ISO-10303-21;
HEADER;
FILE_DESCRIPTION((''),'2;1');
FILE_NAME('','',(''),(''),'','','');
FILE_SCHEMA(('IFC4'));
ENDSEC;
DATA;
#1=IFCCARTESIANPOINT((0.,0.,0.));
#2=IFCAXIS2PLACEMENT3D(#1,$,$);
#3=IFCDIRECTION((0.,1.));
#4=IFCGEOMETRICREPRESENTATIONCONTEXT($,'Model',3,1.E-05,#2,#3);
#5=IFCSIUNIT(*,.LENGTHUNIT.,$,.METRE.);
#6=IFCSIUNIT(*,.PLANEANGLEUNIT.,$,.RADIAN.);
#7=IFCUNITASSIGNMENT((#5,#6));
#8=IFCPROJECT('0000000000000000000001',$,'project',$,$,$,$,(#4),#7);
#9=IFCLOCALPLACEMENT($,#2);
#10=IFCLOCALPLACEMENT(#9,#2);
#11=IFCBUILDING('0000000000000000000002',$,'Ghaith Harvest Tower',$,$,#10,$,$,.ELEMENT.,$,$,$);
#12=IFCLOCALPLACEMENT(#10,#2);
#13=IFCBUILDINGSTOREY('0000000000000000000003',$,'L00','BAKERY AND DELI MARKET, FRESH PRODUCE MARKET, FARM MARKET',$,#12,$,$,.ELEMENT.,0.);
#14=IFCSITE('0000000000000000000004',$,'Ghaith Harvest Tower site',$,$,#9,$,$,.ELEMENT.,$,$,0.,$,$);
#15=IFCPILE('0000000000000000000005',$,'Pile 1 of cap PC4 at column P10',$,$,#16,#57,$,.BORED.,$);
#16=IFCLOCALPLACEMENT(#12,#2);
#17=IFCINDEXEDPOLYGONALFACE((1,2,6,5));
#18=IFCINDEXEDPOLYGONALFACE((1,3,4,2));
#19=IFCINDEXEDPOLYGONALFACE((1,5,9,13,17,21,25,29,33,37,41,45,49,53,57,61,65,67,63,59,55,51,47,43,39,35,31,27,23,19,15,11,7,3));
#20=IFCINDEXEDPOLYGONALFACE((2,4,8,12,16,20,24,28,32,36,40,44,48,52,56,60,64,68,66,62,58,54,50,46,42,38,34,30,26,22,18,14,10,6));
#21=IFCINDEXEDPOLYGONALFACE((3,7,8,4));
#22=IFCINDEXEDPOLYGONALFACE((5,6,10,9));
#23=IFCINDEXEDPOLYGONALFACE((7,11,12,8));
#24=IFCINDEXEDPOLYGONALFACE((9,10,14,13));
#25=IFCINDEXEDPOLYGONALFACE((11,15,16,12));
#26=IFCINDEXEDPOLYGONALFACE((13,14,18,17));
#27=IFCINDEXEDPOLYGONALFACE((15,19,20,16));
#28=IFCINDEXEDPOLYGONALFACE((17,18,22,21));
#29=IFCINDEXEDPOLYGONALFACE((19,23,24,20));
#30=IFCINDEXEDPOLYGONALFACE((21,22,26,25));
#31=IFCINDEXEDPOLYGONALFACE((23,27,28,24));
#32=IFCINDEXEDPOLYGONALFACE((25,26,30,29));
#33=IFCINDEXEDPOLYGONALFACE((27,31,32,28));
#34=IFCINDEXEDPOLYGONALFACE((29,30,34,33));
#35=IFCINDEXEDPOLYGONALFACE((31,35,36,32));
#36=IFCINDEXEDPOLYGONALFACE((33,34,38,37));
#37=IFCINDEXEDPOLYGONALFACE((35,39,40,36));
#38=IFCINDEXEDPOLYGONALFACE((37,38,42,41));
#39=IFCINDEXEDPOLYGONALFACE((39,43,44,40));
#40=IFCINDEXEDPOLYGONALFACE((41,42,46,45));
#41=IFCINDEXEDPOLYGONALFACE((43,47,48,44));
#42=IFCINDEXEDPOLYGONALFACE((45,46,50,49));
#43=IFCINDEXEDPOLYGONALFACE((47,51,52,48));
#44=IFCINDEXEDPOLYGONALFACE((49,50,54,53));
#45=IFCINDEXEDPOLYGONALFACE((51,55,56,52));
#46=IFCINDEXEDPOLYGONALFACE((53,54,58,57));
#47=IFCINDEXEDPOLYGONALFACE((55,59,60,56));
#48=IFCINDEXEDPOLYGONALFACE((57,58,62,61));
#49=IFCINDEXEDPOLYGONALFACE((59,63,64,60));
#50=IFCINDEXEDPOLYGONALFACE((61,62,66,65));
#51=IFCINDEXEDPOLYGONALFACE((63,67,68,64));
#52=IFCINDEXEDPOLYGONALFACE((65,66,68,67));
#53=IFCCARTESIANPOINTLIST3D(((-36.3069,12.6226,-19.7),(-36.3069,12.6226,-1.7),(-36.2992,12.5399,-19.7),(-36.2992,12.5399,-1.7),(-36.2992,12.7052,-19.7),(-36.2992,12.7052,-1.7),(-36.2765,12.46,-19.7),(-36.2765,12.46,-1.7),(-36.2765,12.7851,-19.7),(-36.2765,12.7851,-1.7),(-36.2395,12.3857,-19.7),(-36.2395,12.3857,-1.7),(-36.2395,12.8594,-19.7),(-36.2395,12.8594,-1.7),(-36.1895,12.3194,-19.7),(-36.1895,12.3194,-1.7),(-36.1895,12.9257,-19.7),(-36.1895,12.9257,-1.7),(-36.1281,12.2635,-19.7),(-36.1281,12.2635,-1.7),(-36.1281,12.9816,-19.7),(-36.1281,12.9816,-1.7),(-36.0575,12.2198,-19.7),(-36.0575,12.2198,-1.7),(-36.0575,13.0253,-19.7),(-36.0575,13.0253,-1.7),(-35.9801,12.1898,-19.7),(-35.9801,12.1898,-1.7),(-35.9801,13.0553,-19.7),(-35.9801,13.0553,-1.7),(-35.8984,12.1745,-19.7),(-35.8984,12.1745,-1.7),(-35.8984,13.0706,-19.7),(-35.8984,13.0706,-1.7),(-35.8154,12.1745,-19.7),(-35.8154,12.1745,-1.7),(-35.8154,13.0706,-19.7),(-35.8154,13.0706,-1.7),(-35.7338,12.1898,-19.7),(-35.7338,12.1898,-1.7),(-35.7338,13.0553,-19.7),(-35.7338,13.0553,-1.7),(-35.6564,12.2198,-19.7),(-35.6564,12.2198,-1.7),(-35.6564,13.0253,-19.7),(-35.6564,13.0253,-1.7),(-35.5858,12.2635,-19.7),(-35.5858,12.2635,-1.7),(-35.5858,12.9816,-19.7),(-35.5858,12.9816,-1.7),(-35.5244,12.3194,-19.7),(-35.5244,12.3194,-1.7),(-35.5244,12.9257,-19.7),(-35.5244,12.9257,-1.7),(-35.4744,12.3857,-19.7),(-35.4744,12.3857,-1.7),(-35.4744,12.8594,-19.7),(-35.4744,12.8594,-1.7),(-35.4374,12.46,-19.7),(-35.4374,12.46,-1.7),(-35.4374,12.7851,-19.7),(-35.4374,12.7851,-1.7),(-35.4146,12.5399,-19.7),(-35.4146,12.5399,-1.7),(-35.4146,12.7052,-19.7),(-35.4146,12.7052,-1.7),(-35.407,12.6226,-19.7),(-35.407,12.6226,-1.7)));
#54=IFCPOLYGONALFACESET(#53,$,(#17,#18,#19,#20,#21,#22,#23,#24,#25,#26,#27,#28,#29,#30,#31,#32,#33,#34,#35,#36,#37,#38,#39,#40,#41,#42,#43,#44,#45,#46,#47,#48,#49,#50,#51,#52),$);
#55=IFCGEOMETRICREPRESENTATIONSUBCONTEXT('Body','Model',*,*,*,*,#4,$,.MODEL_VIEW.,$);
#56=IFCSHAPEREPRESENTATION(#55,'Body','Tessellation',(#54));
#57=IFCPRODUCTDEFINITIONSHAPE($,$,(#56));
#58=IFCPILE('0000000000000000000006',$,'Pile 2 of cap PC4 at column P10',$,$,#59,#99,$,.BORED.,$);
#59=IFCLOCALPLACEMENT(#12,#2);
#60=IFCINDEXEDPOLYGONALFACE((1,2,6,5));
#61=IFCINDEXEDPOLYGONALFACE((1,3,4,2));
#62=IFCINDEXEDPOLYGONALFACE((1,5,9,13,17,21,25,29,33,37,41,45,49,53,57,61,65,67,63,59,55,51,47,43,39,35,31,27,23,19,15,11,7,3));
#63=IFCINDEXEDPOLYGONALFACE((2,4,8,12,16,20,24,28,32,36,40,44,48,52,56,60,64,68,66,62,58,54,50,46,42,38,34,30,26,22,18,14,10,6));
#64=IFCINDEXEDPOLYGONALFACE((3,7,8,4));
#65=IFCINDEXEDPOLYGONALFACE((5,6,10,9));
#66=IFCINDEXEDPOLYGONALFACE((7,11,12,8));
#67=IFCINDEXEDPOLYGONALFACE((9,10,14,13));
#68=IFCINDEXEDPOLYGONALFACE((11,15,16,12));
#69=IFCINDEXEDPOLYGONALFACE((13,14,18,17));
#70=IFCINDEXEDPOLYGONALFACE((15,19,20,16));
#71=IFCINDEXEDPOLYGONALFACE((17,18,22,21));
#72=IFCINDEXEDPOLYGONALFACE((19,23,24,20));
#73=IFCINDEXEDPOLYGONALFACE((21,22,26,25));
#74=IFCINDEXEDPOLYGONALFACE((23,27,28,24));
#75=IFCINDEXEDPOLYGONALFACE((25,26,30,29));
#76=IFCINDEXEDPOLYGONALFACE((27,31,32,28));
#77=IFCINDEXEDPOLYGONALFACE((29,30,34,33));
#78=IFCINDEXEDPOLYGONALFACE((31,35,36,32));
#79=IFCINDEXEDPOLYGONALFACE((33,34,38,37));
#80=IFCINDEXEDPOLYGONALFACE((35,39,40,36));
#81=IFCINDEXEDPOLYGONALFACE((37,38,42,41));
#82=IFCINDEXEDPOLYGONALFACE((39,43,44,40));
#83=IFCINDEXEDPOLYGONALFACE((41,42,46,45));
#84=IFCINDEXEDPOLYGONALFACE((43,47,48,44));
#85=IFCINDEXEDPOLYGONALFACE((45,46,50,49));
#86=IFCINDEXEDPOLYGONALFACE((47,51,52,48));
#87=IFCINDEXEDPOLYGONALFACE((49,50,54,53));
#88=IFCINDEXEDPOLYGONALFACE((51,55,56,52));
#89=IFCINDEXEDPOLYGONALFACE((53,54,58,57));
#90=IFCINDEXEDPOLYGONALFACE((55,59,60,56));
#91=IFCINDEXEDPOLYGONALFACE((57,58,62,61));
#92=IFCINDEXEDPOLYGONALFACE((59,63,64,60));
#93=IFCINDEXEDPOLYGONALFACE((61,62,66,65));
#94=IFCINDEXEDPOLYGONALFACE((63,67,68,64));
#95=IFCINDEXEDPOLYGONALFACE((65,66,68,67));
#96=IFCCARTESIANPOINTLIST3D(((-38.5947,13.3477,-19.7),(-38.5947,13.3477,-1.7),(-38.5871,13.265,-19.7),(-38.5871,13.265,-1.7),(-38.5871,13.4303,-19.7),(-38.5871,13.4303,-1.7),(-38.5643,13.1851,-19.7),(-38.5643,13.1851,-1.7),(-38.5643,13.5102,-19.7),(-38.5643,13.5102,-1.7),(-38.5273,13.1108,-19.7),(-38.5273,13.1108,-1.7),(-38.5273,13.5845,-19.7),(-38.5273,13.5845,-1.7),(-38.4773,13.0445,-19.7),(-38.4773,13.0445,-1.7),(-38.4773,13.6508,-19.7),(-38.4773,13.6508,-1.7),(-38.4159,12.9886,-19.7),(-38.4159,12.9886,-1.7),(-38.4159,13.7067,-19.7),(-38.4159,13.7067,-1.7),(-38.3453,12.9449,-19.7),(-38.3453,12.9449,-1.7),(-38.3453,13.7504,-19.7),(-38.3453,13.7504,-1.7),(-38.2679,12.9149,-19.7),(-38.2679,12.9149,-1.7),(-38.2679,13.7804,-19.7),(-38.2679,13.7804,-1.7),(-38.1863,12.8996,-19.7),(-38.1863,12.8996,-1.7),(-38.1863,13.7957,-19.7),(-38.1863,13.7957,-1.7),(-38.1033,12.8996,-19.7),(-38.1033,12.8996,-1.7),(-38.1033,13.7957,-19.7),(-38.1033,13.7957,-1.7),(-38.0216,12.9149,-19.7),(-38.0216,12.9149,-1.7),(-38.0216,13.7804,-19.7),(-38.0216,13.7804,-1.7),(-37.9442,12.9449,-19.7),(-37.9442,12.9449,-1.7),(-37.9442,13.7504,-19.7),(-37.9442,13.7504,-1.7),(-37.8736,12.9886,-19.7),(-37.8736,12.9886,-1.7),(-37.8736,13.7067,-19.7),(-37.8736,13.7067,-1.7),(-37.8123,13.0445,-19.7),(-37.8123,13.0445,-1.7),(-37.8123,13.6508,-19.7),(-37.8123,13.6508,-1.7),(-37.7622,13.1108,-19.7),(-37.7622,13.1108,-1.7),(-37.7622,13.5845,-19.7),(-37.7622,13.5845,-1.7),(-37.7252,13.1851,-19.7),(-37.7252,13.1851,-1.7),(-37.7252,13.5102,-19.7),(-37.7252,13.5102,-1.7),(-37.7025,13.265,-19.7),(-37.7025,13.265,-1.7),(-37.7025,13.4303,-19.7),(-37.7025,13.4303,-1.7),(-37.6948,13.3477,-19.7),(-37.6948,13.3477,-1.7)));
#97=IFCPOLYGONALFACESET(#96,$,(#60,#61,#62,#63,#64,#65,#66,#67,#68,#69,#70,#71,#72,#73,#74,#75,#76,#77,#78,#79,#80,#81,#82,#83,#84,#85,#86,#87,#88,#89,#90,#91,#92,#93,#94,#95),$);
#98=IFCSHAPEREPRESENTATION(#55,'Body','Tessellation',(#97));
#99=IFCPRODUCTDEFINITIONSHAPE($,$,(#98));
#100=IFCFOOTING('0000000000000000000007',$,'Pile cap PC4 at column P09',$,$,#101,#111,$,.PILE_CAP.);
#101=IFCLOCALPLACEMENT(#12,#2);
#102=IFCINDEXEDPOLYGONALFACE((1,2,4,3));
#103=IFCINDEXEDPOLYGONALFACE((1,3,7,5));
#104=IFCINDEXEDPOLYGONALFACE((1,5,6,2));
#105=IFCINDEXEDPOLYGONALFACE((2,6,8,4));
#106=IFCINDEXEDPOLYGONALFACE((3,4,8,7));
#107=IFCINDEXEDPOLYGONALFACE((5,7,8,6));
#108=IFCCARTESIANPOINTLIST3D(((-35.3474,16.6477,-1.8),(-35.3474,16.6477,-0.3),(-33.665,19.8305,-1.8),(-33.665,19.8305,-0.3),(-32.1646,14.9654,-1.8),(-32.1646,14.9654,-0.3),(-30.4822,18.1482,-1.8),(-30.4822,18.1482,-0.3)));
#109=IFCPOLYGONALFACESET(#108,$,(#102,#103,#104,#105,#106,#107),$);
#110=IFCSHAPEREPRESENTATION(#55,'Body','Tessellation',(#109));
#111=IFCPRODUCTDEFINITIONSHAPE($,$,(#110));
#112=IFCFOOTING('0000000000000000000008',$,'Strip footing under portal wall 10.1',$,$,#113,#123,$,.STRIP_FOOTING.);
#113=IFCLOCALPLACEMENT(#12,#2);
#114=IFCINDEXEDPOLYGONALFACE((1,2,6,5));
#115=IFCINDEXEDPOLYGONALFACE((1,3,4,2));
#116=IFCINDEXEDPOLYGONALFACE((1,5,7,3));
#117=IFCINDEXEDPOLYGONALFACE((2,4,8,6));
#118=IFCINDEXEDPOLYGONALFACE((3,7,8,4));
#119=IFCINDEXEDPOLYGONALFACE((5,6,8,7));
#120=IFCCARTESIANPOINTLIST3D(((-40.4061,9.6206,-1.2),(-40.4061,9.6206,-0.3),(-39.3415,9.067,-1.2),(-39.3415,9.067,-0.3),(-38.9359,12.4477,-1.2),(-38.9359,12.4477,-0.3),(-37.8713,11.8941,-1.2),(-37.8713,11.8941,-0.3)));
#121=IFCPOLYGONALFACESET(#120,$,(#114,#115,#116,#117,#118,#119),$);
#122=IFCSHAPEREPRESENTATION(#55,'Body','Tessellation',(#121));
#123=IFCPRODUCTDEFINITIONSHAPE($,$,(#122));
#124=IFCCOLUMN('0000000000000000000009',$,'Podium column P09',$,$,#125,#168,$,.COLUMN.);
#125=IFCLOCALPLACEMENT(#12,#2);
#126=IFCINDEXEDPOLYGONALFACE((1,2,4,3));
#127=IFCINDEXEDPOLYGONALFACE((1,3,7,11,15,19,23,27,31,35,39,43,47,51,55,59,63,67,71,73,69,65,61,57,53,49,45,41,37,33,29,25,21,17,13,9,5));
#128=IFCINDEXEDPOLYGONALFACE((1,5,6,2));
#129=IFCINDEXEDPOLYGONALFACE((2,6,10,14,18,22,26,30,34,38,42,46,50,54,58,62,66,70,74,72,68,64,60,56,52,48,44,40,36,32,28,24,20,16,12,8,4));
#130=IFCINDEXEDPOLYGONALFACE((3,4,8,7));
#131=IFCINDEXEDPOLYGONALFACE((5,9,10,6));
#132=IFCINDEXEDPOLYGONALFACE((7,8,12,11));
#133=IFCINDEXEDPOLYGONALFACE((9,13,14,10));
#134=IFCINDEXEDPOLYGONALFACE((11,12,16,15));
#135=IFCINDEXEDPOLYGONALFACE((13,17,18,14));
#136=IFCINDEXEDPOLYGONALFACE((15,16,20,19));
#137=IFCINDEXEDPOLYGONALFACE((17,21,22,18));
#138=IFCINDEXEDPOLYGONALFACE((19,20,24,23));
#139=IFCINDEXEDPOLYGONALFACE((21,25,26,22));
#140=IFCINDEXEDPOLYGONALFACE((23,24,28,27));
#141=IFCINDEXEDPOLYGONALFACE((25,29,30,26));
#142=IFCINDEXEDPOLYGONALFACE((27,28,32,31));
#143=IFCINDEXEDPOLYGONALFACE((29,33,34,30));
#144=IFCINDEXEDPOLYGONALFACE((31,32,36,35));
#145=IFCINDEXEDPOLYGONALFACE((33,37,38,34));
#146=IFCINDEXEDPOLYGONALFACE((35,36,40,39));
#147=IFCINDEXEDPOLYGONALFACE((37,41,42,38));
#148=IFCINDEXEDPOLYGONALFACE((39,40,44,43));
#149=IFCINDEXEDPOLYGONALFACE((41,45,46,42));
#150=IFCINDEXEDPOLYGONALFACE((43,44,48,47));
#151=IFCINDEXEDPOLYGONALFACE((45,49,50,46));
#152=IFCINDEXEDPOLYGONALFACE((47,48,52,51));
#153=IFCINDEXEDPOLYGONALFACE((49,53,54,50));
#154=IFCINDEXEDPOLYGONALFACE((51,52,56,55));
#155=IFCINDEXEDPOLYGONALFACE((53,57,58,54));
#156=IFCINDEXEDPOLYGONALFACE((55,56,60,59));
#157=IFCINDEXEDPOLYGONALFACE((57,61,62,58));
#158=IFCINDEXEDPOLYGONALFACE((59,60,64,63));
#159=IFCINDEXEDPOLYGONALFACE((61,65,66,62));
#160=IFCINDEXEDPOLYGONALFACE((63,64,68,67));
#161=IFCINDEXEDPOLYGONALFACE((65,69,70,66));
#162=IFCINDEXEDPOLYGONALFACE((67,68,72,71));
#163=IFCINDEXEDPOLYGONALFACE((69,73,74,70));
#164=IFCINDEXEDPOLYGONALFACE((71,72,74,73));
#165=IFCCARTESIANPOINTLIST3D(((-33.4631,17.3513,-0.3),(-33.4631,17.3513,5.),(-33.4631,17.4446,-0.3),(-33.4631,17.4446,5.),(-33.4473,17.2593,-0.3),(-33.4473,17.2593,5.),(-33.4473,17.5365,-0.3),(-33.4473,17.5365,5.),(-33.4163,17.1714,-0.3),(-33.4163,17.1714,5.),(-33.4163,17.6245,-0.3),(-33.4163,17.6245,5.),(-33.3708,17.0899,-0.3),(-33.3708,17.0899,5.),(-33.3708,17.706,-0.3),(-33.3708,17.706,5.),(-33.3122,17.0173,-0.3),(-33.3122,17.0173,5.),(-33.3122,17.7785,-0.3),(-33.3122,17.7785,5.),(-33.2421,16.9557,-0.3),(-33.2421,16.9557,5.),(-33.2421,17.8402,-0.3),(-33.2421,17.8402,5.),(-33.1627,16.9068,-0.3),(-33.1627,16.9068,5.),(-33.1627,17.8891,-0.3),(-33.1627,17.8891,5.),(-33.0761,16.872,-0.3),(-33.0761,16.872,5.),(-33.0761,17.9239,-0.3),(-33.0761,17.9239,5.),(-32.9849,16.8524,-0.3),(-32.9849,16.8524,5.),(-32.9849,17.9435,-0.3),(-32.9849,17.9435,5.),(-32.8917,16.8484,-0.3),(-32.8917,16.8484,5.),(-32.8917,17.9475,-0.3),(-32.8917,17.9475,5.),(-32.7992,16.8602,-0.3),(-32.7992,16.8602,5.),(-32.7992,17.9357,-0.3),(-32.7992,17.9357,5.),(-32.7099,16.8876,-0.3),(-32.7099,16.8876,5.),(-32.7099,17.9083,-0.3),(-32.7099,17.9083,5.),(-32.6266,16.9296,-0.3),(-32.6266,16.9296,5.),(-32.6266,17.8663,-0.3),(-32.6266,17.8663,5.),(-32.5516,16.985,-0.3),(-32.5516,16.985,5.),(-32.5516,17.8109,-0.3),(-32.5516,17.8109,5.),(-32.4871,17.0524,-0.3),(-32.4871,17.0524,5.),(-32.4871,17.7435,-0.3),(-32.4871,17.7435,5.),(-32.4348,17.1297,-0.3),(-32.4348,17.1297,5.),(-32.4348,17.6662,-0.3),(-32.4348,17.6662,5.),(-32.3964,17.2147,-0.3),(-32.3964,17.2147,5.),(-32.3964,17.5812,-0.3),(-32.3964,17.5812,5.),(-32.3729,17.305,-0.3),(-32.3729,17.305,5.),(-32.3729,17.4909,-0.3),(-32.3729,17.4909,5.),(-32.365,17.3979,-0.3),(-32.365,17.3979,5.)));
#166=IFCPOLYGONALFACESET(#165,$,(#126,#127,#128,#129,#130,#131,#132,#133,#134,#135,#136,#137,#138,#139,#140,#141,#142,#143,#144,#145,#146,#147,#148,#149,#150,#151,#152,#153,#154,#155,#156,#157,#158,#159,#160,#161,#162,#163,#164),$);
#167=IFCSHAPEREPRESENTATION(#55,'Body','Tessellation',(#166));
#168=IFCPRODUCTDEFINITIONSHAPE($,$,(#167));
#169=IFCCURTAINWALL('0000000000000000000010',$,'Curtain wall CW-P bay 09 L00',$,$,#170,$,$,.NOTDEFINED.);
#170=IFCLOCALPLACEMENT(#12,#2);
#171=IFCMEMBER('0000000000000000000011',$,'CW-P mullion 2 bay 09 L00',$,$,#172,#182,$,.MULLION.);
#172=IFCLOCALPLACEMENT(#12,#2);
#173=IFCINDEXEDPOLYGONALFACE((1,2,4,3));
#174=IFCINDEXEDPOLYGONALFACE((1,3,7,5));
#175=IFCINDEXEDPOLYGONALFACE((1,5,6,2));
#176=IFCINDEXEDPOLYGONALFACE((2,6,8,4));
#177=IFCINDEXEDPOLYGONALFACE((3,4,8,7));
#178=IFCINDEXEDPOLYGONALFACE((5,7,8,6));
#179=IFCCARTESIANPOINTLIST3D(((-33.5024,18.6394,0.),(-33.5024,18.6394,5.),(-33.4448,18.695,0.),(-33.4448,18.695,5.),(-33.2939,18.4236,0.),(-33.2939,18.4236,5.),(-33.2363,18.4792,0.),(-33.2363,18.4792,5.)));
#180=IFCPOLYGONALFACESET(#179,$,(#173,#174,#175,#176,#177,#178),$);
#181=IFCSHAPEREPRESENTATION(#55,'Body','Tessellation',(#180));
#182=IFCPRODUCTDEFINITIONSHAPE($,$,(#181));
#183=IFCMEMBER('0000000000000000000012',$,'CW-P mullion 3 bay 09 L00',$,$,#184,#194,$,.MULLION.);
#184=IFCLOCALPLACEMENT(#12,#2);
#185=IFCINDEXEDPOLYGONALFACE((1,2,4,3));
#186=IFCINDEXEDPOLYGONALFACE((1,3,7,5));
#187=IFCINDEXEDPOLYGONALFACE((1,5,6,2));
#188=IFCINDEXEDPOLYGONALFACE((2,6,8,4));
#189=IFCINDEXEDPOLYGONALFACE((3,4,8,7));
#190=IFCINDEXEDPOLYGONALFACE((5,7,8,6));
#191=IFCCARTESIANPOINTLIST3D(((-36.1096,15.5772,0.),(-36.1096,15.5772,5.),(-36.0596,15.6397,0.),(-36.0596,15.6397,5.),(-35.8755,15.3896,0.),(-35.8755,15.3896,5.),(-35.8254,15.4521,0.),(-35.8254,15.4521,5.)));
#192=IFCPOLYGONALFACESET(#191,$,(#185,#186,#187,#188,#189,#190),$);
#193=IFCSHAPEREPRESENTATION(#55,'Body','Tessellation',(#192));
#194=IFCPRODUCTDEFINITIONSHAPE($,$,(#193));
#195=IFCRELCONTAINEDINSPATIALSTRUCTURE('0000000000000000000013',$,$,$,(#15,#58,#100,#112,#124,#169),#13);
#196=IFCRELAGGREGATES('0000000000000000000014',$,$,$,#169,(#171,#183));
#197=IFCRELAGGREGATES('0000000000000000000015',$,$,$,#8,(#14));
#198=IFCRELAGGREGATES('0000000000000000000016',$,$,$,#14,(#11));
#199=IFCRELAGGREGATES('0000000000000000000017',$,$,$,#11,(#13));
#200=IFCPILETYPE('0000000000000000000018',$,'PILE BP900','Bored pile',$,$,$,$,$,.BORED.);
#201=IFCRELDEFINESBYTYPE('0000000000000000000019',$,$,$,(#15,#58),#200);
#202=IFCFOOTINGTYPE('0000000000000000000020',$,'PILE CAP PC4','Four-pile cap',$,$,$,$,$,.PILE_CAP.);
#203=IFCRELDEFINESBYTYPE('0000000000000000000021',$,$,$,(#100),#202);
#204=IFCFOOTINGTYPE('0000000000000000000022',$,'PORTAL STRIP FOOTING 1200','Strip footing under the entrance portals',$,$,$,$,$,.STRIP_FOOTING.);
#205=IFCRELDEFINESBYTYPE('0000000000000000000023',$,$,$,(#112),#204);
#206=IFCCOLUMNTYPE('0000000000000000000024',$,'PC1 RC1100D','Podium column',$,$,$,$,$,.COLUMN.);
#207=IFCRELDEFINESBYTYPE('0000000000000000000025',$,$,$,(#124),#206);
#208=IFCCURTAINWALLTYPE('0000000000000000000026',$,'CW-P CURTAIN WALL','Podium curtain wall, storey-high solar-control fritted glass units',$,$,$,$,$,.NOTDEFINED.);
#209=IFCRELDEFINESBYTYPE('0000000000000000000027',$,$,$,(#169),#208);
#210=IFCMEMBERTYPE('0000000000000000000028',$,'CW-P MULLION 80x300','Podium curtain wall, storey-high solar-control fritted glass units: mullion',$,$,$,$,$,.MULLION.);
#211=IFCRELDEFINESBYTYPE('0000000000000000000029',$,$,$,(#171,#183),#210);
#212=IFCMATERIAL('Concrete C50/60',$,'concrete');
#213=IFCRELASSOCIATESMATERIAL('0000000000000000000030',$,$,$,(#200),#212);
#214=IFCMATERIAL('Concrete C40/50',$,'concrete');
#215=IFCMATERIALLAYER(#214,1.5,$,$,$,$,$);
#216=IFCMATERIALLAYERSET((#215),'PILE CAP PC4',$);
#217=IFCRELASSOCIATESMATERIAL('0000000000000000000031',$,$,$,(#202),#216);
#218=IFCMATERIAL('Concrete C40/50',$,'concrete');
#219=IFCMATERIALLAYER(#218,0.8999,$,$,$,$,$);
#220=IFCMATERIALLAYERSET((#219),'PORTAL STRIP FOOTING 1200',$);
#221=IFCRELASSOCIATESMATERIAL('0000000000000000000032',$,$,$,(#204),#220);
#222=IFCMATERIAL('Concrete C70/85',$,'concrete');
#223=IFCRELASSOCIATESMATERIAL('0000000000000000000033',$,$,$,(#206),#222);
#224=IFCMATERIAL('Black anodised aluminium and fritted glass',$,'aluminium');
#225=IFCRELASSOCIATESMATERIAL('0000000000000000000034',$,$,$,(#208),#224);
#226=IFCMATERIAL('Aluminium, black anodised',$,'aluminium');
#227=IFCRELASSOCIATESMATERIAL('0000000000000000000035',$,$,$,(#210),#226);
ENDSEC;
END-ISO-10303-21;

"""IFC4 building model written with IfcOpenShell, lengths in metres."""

from ifc_helpers import new_model, si_unit, direction, frame, frame_2d, origin, origin_2d, place, context, subcontext, project, spatial, rectangle, circle, extrude, material, layer, layer_set, material_profile, profile_set, type_object, element, aggregate, save


model = new_model("IFC4")

# Units and contexts
model_context = context("Model", 3, precision=1e-05, world=origin(), true_north=direction((0.0, 1.0)))
body_context = subcontext(model_context, "Body", "Model", "MODEL_VIEW")
ifc_project = project(units=[si_unit("LENGTHUNIT", "METRE"), si_unit("PLANEANGLEUNIT", "RADIAN")], contexts=[model_context])

# Site, building, storey
site_placement = place(None, origin())
site = spatial("IfcSite", under=ifc_project, at=site_placement, Name="Ghaith Harvest Tower site", CompositionType="ELEMENT", RefElevation=0.0)
building_placement = place(site_placement, origin())
building = spatial("IfcBuilding", under=site, at=building_placement, Name="Ghaith Harvest Tower", CompositionType="ELEMENT")
storey_placement = place(building_placement, origin())
storey = spatial("IfcBuildingStorey", under=building, at=storey_placement, Name="L00", Description="BAKERY AND DELI MARKET, FRESH PRODUCE MARKET, FARM MARKET", CompositionType="ELEMENT", Elevation=0.0)

# Piles
ifc_material_1 = material(Name="Concrete C50/60", Category="concrete")
ifc_material_profile_1 = material_profile(ifc_material_1, circle(Radius=0.45, at=origin_2d()), Name="PILE900")
ifc_profile_set_1 = profile_set([ifc_material_profile_1], Name="Concrete C50/60")
pile_type = type_object("IfcPileType", Name="PILE BP900", Description="Bored pile", PredefinedType="BORED", material=ifc_profile_set_1)
for number, where, z_axis, x_axis, name in (
    (1, (-35.8569, 12.6226, -1.7), (0.0, 0.0, -1.0), (1.0, 0.0, 0.0), "Pile 1 of cap PC4 at column P10"),
    (2, (-38.1448, 13.3477, -1.7), (0.0, 0.0, -1.0), (1.0, 0.0, 0.0), "Pile 2 of cap PC4 at column P10"),
):
    element("IfcPile", number, at=place(storey_placement, frame(where, z_axis=z_axis, x_axis=x_axis)), inside=storey, type_object=pile_type, Name=name, PredefinedType="BORED", context=body_context, shape_type="SweptSolid", body=[
        extrude(circle(Radius=0.45, at=origin_2d()), origin(), (0.0, 0.0, 1.0), 18.0),
    ])

# Footings
ifc_material_2 = material(Name="Concrete C40/50", Category="concrete")
ifc_layer_1 = layer(ifc_material_2, 1.5)
ifc_layer_set_1 = layer_set([ifc_layer_1], Name="PILE CAP PC4")
footing_type_1 = type_object("IfcFootingType", Name="PILE CAP PC4", Description="Four-pile cap", PredefinedType="PILE_CAP", material=ifc_layer_set_1)
footing_1_placement = place(storey_placement, frame((-32.9148, 17.3979, -1.8), z_axis=(0.0, 0.0, 1.0), x_axis=(-0.884095, 0.467307, 0.0)))
element("IfcFooting", 3, at=footing_1_placement, inside=storey, type_object=footing_type_1, Name="Pile cap PC4 at column P09", PredefinedType="PILE_CAP", context=body_context, shape_type="SweptSolid", body=[
    extrude(rectangle(XDim=3.6001, YDim=3.6001, at=origin_2d()), origin(), (0.0, 0.0, 1.0), 1.5),
])
ifc_material_3 = material(Name="Concrete C40/50", Category="concrete")
ifc_layer_2 = layer(ifc_material_3, 0.8999)
ifc_layer_set_2 = layer_set([ifc_layer_2], Name="PORTAL STRIP FOOTING 1200")
footing_type_2 = type_object("IfcFootingType", Name="PORTAL STRIP FOOTING 1200", Description="Strip footing under the entrance portals", PredefinedType="STRIP_FOOTING", material=ifc_layer_set_2)
footing_2_placement = place(storey_placement, frame((-38.4036, 12.1709, -1.2), z_axis=(0.0, 0.0, 1.0), x_axis=(-0.461377, -0.887204, 0.0)))
element("IfcFooting", 4, at=footing_2_placement, inside=storey, type_object=footing_type_2, Name="Strip footing under portal wall 10.1", PredefinedType="STRIP_FOOTING", context=body_context, shape_type="SweptSolid", body=[
    extrude(rectangle(XDim=3.1865, YDim=1.2, at=frame_2d((1.5933, 0.0))), origin(), (0.0, 0.0, 1.0), 0.8999),
])

# Column
ifc_material_4 = material(Name="Concrete C70/85", Category="concrete")
ifc_material_profile_2 = material_profile(ifc_material_4, circle(Radius=0.55, at=origin_2d()), Name="RC1100D")
ifc_profile_set_2 = profile_set([ifc_material_profile_2], Name="Concrete C70/85")
column_type = type_object("IfcColumnType", Name="PC1 RC1100D", Description="Podium column", PredefinedType="COLUMN", material=ifc_profile_set_2)
column_placement = place(storey_placement, frame((-32.915, 17.3979, -0.3), z_axis=(0.0, 0.0, 1.0), x_axis=(1.0, 0.0, 0.0)))
element("IfcColumn", 5, at=column_placement, inside=storey, type_object=column_type, Name="Podium column P09", PredefinedType="COLUMN", context=body_context, shape_type="SweptSolid", body=[
    extrude(circle(Radius=0.55, at=origin_2d()), origin(), (0.0, 0.0, 1.0), 5.3),
])

# Curtain wall, members
ifc_material_5 = material(Name="Black anodised aluminium and fritted glass", Category="aluminium")
curtain_wall_type = type_object("IfcCurtainWallType", Name="CW-P CURTAIN WALL", Description="Podium curtain wall, storey-high solar-control fritted glass units", PredefinedType="NOTDEFINED", material=ifc_material_5)
curtain_wall_placement = place(storey_placement, origin())
curtain_wall = element("IfcCurtainWall", 6, at=curtain_wall_placement, inside=storey, type_object=curtain_wall_type, Name="Curtain wall CW-P bay 09 L00", PredefinedType="NOTDEFINED")
ifc_material_6 = material(Name="Aluminium, black anodised", Category="aluminium")
ifc_material_profile_3 = material_profile(ifc_material_6, rectangle(XDim=0.0801, YDim=0.3, at=origin_2d()), Name="CW-P MULLION 80x300")
ifc_profile_set_3 = profile_set([ifc_material_profile_3], Name="Aluminium, black anodised")
member_type_1 = type_object("IfcMemberType", Name="CW-P MULLION 80x300", Description="Podium curtain wall, storey-high solar-control fritted glass units: mullion", PredefinedType="MULLION", material=ifc_profile_set_3)
member_1_placement = place(storey_placement, frame((-33.3694, 18.5593, 0.0), z_axis=(0.0, 0.0, 1.0), x_axis=(-0.719189, -0.694814, 0.0)))
member_1 = element("IfcMember", 7, at=member_1_placement, type_object=member_type_1, Name="CW-P mullion 2 bay 09 L00", PredefinedType="MULLION", context=body_context, shape_type="SweptSolid", body=[
    extrude(rectangle(XDim=0.0801, YDim=0.3, at=origin_2d()), origin(), (0.0, 0.0, 1.0), 5.0),
])
member_2_placement = place(storey_placement, frame((-35.9675, 15.5146, 0.0), z_axis=(0.0, 0.0, 1.0), x_axis=(-0.625229, -0.780441, 0.0)))
member_2 = element("IfcMember", 8, at=member_2_placement, type_object=member_type_1, Name="CW-P mullion 3 bay 09 L00", PredefinedType="MULLION", context=body_context, shape_type="SweptSolid", body=[
    extrude(rectangle(XDim=0.0801, YDim=0.3, at=origin_2d()), origin(), (0.0, 0.0, 1.0), 5.0),
])
aggregate(curtain_wall, [member_1, member_2])

save(model, "model.ifc")
